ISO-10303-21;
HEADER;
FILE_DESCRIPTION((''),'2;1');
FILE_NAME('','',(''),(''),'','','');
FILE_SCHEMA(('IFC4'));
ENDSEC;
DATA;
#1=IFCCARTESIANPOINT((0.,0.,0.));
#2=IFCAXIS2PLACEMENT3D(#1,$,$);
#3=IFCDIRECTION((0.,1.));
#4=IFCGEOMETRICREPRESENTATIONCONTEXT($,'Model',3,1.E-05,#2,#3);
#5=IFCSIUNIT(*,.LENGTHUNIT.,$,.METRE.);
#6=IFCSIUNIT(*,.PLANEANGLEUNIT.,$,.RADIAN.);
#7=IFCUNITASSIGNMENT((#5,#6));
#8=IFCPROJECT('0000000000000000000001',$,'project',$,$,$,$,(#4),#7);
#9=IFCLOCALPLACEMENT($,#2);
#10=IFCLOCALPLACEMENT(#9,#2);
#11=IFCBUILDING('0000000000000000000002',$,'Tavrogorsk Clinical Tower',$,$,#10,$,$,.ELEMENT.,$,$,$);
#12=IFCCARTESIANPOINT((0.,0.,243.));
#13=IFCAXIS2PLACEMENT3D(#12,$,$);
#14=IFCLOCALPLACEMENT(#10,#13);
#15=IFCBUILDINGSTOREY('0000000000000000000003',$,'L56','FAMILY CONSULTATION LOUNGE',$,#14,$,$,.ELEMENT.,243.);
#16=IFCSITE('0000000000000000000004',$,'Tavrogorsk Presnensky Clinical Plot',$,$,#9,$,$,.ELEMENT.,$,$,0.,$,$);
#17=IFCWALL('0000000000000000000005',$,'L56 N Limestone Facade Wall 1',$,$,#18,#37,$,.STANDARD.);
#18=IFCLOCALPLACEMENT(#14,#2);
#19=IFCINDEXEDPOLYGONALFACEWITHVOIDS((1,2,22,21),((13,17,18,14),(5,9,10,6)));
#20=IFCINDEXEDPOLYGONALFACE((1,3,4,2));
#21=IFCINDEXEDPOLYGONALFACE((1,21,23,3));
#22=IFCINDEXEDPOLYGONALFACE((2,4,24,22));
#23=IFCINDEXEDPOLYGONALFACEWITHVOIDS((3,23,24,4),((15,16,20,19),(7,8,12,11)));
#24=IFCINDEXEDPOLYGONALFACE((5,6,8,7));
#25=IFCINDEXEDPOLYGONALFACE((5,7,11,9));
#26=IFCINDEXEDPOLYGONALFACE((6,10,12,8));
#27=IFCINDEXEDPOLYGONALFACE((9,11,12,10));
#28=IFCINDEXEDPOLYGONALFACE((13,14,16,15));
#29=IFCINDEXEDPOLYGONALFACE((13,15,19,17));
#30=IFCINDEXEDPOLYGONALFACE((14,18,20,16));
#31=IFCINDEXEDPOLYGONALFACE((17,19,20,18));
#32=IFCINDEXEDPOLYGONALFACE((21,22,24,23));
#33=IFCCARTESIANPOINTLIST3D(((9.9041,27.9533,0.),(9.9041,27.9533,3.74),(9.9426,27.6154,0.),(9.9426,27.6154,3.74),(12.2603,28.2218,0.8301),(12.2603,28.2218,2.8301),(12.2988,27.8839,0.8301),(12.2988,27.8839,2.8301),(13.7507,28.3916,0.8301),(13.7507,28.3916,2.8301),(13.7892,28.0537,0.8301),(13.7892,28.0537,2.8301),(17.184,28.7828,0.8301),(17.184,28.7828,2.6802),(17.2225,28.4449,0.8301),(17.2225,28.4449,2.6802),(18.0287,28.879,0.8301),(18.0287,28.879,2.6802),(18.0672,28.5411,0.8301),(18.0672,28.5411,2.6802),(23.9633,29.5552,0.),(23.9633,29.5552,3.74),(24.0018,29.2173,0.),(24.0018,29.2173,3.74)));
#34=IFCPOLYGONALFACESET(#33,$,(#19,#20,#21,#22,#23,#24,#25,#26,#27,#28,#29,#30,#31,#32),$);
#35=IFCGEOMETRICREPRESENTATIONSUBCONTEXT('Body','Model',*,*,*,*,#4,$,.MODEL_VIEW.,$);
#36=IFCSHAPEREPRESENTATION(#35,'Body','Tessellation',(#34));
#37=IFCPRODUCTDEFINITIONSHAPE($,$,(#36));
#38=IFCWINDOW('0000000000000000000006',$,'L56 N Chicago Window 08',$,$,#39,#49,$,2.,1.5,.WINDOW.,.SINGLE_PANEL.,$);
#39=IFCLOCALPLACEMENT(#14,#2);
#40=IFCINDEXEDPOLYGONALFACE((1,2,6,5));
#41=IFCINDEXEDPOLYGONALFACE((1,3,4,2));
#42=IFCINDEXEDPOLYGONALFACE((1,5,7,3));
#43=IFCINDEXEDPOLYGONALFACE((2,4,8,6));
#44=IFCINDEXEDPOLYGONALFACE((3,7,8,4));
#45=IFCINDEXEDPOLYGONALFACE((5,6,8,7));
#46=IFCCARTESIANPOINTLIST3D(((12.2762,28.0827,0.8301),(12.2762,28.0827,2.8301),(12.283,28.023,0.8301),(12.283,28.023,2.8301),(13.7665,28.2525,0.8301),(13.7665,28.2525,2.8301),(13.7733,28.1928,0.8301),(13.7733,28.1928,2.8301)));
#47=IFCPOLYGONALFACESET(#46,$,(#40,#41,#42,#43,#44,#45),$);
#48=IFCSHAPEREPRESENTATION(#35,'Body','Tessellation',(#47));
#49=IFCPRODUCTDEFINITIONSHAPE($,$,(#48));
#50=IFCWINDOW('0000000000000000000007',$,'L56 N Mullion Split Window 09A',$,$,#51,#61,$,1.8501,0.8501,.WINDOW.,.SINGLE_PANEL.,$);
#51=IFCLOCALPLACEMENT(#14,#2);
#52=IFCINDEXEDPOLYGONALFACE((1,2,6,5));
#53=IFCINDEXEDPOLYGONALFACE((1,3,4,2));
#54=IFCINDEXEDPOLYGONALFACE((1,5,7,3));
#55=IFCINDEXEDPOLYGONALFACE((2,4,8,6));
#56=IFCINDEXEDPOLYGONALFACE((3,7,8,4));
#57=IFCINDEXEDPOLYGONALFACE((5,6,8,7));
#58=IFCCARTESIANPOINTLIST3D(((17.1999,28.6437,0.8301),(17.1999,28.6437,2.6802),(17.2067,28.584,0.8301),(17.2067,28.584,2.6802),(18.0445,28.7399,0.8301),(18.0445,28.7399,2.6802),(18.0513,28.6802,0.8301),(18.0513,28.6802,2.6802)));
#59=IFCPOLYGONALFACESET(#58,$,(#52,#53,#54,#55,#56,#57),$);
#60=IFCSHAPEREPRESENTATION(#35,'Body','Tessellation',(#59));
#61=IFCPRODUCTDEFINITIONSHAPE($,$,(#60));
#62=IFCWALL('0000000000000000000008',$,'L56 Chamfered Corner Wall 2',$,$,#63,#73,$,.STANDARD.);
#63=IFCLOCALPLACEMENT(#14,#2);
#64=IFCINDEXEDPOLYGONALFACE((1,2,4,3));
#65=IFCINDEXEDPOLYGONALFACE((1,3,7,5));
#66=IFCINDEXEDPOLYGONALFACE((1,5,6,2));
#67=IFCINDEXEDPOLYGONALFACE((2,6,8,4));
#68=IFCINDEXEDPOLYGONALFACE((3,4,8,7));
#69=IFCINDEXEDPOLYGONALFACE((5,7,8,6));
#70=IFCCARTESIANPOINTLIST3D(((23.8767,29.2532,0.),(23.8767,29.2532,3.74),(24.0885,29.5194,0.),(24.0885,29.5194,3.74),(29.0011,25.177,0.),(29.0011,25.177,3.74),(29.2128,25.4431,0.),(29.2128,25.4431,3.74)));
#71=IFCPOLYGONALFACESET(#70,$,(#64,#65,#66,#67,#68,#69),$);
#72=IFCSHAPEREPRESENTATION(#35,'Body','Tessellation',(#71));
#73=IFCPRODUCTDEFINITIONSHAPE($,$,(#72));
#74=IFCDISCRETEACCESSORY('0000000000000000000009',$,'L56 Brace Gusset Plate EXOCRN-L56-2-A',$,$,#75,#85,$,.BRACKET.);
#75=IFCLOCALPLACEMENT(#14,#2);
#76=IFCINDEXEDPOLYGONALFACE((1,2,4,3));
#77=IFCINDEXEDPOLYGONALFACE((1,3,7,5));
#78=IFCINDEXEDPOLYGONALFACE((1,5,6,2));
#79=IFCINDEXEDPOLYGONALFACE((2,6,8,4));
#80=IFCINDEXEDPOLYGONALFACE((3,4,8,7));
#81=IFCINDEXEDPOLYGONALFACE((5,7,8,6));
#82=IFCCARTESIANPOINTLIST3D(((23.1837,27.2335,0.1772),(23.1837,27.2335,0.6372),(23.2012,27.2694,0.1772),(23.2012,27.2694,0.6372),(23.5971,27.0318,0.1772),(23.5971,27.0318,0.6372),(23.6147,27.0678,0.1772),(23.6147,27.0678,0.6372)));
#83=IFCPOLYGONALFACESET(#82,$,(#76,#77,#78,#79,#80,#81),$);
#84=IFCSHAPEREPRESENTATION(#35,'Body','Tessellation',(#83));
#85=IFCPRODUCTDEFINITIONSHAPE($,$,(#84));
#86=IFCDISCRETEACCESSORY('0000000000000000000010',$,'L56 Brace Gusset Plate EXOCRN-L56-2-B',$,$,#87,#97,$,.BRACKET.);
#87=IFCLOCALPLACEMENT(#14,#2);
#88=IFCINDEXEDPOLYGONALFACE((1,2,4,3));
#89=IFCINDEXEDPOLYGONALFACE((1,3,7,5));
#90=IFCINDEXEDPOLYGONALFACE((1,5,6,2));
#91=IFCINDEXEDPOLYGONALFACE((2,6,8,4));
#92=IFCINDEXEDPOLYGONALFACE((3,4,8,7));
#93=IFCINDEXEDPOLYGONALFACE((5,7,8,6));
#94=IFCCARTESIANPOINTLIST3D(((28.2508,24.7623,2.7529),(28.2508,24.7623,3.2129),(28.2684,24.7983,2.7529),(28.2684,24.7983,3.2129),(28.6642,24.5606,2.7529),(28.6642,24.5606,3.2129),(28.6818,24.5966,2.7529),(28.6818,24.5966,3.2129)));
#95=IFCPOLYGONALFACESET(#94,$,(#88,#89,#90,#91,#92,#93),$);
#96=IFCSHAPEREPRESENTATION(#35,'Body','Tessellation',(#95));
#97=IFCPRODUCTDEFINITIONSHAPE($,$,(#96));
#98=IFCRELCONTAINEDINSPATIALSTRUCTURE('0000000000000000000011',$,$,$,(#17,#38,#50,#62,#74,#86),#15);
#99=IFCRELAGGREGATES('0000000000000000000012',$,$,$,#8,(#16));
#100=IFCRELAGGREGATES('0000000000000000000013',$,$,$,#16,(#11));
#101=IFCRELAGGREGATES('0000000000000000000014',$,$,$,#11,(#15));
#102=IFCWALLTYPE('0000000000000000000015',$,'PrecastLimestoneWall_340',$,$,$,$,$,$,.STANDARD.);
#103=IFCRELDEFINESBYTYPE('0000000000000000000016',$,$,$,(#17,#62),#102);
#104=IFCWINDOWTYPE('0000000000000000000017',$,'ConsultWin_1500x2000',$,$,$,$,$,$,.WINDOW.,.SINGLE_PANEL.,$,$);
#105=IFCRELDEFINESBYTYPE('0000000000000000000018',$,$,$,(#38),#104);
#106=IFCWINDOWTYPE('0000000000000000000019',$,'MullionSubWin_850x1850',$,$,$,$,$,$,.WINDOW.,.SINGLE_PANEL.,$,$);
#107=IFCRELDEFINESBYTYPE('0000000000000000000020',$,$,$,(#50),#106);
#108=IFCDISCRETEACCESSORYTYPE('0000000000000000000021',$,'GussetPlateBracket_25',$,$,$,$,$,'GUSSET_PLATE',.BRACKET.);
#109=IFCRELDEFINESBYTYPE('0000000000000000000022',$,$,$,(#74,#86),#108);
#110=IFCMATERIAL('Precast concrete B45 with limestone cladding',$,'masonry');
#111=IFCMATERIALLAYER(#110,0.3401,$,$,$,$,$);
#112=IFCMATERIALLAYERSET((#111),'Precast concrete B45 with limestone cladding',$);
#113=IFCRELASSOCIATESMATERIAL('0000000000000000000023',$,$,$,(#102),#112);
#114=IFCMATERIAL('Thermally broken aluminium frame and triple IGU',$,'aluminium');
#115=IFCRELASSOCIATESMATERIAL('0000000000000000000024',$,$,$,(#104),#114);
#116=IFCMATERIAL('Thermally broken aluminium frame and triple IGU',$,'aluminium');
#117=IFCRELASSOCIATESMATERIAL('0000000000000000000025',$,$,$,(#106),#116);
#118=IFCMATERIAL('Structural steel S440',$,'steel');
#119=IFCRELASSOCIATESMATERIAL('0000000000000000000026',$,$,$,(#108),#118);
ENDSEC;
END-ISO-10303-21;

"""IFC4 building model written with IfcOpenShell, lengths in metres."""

from ifc_helpers import new_model, si_unit, direction, frame, frame_2d, origin, origin_2d, place, context, subcontext, project, spatial, rectangle, extrude, material, layer, layer_set, type_object, element, fill, save


model = new_model("IFC4")

# Units and contexts
model_context = context("Model", 3, precision=1e-05, world=origin(), true_north=direction((0.0, 1.0)))
body_context = subcontext(model_context, "Body", "Model", "MODEL_VIEW")
ifc_project = project(units=[si_unit("LENGTHUNIT", "METRE"), si_unit("PLANEANGLEUNIT", "RADIAN")], contexts=[model_context])

# Site, building, storey
site_placement = place(None, origin())
site = spatial("IfcSite", under=ifc_project, at=site_placement, Name="Tavrogorsk Presnensky Clinical Plot", CompositionType="ELEMENT", RefElevation=0.0)
building_placement = place(site_placement, origin())
building = spatial("IfcBuilding", under=site, at=building_placement, Name="Tavrogorsk Clinical Tower", CompositionType="ELEMENT")
storey_placement = place(building_placement, frame((0.0, 0.0, 243.0)))
storey = spatial("IfcBuildingStorey", under=building, at=storey_placement, Name="L56", Description="FAMILY CONSULTATION LOUNGE", CompositionType="ELEMENT", Elevation=243.0)

# Wall, openings, windows
ifc_material_1 = material(Name="Precast concrete B45 with limestone cladding", Category="masonry")
ifc_layer_1 = layer(ifc_material_1, 0.3401)
ifc_layer_set_1 = layer_set([ifc_layer_1], Name="Precast concrete B45 with limestone cladding")
wall_type_1 = type_object("IfcWallType", Name="PrecastLimestoneWall_340", PredefinedType="STANDARD", material=ifc_layer_set_1)
wall_1_placement = place(storey_placement, frame((23.9827, 29.3862, 0.0), z_axis=(0.0, 0.0, 1.0), x_axis=(-0.993572, -0.113202, 0.0)))
wall_1 = element("IfcWall", 1, at=wall_1_placement, inside=storey, type_object=wall_type_1, Name="L56 N Limestone Facade Wall 1", PredefinedType="STANDARD", context=body_context, shape_type="SweptSolid", body=[
    extrude(rectangle(XDim=14.1501, YDim=0.3401, at=frame_2d((7.0752, 0.0))), origin(), (0.0, 0.0, 1.0), 3.74),
])
opening_1_placement = place(wall_1_placement, frame((10.2788, 0.0, 0.8301)))
opening_1 = element("IfcOpeningElement", 2, at=opening_1_placement, cuts=wall_1, PredefinedType="OPENING", context=body_context, shape_type="SweptSolid", body=[
    extrude(rectangle(XDim=1.5, YDim=2.0, at=frame_2d((0.75, 1.0))), frame((0.0, 0.1799, 0.0), z_axis=(0.0, -1.0, 0.0), x_axis=(1.0, 0.0, 0.0)), (0.0, 0.0, 1.0), 0.3601),
])
opening_2_placement = place(wall_1_placement, frame((5.9731, 0.0, 0.8301)))
opening_2 = element("IfcOpeningElement", 3, at=opening_2_placement, cuts=wall_1, PredefinedType="OPENING", context=body_context, shape_type="SweptSolid", body=[
    extrude(rectangle(XDim=0.8501, YDim=1.8501, at=frame_2d((0.425, 0.925))), frame((0.0, 0.1799, 0.0), z_axis=(0.0, -1.0, 0.0), x_axis=(1.0, 0.0, 0.0)), (0.0, 0.0, 1.0), 0.3601),
])
ifc_material_2 = material(Name="Thermally broken aluminium frame and triple IGU", Category="aluminium")
window_type_1 = type_object("IfcWindowType", Name="ConsultWin_1500x2000", PartitioningType="SINGLE_PANEL", PredefinedType="WINDOW", material=ifc_material_2)
window_1_placement = place(opening_1_placement, origin())
window_1 = element("IfcWindow", 4, at=window_1_placement, inside=storey, type_object=window_type_1, Name="L56 N Chicago Window 08", OverallHeight=2.0, OverallWidth=1.5, PartitioningType="SINGLE_PANEL", PredefinedType="WINDOW", context=body_context, shape_type="SweptSolid", body=[
    extrude(rectangle(XDim=1.5, YDim=2.0, at=frame_2d((0.75, 1.0))), frame((0.0, 0.03, 0.0), z_axis=(0.0, -1.0, 0.0), x_axis=(1.0, 0.0, 0.0)), (0.0, 0.0, 1.0), 0.0601),
])
fill(opening_1, window_1)
ifc_material_3 = material(Name="Thermally broken aluminium frame and triple IGU", Category="aluminium")
window_type_2 = type_object("IfcWindowType", Name="MullionSubWin_850x1850", PartitioningType="SINGLE_PANEL", PredefinedType="WINDOW", material=ifc_material_3)
window_2_placement = place(opening_2_placement, origin())
window_2 = element("IfcWindow", 5, at=window_2_placement, inside=storey, type_object=window_type_2, Name="L56 N Mullion Split Window 09A", OverallHeight=1.8501, OverallWidth=0.8501, PartitioningType="SINGLE_PANEL", PredefinedType="WINDOW", context=body_context, shape_type="SweptSolid", body=[
    extrude(rectangle(XDim=0.8501, YDim=1.8501, at=frame_2d((0.425, 0.925))), frame((0.0, 0.03, 0.0), z_axis=(0.0, -1.0, 0.0), x_axis=(1.0, 0.0, 0.0)), (0.0, 0.0, 1.0), 0.0601),
])
fill(opening_2, window_2)

# Wall
wall_2_placement = place(storey_placement, frame((29.1069, 25.3101, 0.0), z_axis=(0.0, 0.0, 1.0), x_axis=(-0.782597, 0.622528, 0.0)))
element("IfcWall", 6, at=wall_2_placement, inside=storey, type_object=wall_type_1, Name="L56 Chamfered Corner Wall 2", PredefinedType="STANDARD", context=body_context, shape_type="SweptSolid", body=[
    extrude(rectangle(XDim=6.5479, YDim=0.3401, at=frame_2d((3.2739, 0.0))), origin(), (0.0, 0.0, 1.0), 3.74),
])

# Discrete accessories
ifc_material_4 = material(Name="Structural steel S440", Category="steel")
discrete_accessory_type = type_object("IfcDiscreteAccessoryType", Name="GussetPlateBracket_25", ElementType="GUSSET_PLATE", PredefinedType="BRACKET", material=ifc_material_4)
for number, where, z_axis, x_axis, name in (
    (7, (23.3992, 27.1506, 0.1772), (0.0, 0.0, 1.0), (0.898794, -0.438371, 0.0), "L56 Brace Gusset Plate EXOCRN-L56-2-A"),
    (8, (28.4663, 24.6794, 2.7529), (0.0, 0.0, 1.0), (0.898794, -0.438371, 0.0), "L56 Brace Gusset Plate EXOCRN-L56-2-B"),
):
    element("IfcDiscreteAccessory", number, at=place(storey_placement, frame(where, z_axis=z_axis, x_axis=x_axis)), inside=storey, type_object=discrete_accessory_type, Name=name, PredefinedType="BRACKET", context=body_context, shape_type="SweptSolid", body=[
        extrude(rectangle(XDim=0.46, YDim=0.04, at=origin_2d()), origin(), (0.0, 0.0, 1.0), 0.46),
    ])

save(model, "model.ifc")
